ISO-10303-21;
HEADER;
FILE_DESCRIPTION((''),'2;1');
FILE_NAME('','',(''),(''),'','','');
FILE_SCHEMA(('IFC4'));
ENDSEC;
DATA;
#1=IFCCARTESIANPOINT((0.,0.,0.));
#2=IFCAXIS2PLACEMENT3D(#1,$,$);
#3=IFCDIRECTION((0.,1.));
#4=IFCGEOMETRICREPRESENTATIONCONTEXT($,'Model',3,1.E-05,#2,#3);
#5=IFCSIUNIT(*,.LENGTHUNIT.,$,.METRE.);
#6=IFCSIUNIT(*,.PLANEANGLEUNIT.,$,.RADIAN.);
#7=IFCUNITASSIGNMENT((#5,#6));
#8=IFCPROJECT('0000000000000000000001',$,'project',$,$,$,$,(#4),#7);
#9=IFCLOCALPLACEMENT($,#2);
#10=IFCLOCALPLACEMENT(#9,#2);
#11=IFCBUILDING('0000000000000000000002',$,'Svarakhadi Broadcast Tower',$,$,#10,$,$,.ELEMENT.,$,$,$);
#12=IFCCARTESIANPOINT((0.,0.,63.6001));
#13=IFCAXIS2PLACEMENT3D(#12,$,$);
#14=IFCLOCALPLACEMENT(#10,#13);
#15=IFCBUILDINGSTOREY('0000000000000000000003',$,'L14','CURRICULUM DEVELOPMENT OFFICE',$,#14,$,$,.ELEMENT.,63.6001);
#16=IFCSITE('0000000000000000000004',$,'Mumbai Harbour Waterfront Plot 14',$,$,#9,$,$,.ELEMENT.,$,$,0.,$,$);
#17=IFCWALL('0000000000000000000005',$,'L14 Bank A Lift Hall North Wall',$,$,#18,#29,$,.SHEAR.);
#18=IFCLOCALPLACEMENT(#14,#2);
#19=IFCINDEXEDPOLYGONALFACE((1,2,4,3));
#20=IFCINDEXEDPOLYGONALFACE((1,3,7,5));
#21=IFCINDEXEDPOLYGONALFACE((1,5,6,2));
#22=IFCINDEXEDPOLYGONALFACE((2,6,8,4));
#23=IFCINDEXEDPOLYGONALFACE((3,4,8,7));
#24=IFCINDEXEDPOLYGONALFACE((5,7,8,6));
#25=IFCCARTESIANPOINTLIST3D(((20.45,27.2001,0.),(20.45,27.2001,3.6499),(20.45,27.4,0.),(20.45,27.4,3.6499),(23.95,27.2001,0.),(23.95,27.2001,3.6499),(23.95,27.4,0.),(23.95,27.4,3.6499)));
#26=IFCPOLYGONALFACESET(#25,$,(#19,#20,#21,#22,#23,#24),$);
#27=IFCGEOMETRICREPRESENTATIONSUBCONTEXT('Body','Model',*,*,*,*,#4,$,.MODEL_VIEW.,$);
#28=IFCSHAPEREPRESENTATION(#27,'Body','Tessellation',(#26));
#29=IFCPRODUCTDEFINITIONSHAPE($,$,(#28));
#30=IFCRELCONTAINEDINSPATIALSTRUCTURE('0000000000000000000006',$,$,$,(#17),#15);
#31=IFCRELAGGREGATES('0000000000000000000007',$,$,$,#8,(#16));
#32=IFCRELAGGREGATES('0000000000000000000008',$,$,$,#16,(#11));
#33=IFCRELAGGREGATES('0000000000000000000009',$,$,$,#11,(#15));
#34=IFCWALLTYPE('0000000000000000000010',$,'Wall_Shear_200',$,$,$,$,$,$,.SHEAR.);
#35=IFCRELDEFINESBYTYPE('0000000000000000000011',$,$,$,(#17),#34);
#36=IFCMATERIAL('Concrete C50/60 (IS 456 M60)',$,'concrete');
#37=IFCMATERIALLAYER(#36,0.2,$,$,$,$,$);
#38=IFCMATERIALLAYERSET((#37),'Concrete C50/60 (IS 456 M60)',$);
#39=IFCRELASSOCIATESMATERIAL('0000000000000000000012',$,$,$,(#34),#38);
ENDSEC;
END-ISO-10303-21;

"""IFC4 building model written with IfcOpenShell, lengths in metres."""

from ifc_helpers import new_model, si_unit, direction, frame, frame_2d, origin, place, context, subcontext, project, spatial, rectangle, extrude, material, layer, layer_set, type_object, element, save


model = new_model("IFC4")

# Units and contexts
model_context = context("Model", 3, precision=1e-05, world=origin(), true_north=direction((0.0, 1.0)))
body_context = subcontext(model_context, "Body", "Model", "MODEL_VIEW")
ifc_project = project(units=[si_unit("LENGTHUNIT", "METRE"), si_unit("PLANEANGLEUNIT", "RADIAN")], contexts=[model_context])

# Site, building, storey
site_placement = place(None, origin())
site = spatial("IfcSite", under=ifc_project, at=site_placement, Name="Mumbai Harbour Waterfront Plot 14", CompositionType="ELEMENT", RefElevation=0.0)
building_placement = place(site_placement, origin())
building = spatial("IfcBuilding", under=site, at=building_placement, Name="Svarakhadi Broadcast Tower", CompositionType="ELEMENT")
storey_placement = place(building_placement, frame((0.0, 0.0, 63.6001)))
storey = spatial("IfcBuildingStorey", under=building, at=storey_placement, Name="L14", Description="CURRICULUM DEVELOPMENT OFFICE", CompositionType="ELEMENT", Elevation=63.6001)

# Wall
ifc_material_1 = material(Name="Concrete C50/60 (IS 456 M60)", Category="concrete")
ifc_layer_1 = layer(ifc_material_1, 0.2)
ifc_layer_set_1 = layer_set([ifc_layer_1], Name="Concrete C50/60 (IS 456 M60)")
wall_type_1 = type_object("IfcWallType", Name="Wall_Shear_200", PredefinedType="SHEAR", material=ifc_layer_set_1)
wall_1_placement = place(storey_placement, frame((20.45, 27.3, 0.0), z_axis=(0.0, 0.0, 1.0), x_axis=(1.0, 0.0, 0.0)))
element("IfcWall", 1, at=wall_1_placement, inside=storey, type_object=wall_type_1, Name="L14 Bank A Lift Hall North Wall", PredefinedType="SHEAR", context=body_context, shape_type="SweptSolid", body=[
    extrude(rectangle(XDim=3.5, YDim=0.2, at=frame_2d((1.75, 0.0))), origin(), (0.0, 0.0, 1.0), 3.6499),
])

save(model, "model.ifc")
